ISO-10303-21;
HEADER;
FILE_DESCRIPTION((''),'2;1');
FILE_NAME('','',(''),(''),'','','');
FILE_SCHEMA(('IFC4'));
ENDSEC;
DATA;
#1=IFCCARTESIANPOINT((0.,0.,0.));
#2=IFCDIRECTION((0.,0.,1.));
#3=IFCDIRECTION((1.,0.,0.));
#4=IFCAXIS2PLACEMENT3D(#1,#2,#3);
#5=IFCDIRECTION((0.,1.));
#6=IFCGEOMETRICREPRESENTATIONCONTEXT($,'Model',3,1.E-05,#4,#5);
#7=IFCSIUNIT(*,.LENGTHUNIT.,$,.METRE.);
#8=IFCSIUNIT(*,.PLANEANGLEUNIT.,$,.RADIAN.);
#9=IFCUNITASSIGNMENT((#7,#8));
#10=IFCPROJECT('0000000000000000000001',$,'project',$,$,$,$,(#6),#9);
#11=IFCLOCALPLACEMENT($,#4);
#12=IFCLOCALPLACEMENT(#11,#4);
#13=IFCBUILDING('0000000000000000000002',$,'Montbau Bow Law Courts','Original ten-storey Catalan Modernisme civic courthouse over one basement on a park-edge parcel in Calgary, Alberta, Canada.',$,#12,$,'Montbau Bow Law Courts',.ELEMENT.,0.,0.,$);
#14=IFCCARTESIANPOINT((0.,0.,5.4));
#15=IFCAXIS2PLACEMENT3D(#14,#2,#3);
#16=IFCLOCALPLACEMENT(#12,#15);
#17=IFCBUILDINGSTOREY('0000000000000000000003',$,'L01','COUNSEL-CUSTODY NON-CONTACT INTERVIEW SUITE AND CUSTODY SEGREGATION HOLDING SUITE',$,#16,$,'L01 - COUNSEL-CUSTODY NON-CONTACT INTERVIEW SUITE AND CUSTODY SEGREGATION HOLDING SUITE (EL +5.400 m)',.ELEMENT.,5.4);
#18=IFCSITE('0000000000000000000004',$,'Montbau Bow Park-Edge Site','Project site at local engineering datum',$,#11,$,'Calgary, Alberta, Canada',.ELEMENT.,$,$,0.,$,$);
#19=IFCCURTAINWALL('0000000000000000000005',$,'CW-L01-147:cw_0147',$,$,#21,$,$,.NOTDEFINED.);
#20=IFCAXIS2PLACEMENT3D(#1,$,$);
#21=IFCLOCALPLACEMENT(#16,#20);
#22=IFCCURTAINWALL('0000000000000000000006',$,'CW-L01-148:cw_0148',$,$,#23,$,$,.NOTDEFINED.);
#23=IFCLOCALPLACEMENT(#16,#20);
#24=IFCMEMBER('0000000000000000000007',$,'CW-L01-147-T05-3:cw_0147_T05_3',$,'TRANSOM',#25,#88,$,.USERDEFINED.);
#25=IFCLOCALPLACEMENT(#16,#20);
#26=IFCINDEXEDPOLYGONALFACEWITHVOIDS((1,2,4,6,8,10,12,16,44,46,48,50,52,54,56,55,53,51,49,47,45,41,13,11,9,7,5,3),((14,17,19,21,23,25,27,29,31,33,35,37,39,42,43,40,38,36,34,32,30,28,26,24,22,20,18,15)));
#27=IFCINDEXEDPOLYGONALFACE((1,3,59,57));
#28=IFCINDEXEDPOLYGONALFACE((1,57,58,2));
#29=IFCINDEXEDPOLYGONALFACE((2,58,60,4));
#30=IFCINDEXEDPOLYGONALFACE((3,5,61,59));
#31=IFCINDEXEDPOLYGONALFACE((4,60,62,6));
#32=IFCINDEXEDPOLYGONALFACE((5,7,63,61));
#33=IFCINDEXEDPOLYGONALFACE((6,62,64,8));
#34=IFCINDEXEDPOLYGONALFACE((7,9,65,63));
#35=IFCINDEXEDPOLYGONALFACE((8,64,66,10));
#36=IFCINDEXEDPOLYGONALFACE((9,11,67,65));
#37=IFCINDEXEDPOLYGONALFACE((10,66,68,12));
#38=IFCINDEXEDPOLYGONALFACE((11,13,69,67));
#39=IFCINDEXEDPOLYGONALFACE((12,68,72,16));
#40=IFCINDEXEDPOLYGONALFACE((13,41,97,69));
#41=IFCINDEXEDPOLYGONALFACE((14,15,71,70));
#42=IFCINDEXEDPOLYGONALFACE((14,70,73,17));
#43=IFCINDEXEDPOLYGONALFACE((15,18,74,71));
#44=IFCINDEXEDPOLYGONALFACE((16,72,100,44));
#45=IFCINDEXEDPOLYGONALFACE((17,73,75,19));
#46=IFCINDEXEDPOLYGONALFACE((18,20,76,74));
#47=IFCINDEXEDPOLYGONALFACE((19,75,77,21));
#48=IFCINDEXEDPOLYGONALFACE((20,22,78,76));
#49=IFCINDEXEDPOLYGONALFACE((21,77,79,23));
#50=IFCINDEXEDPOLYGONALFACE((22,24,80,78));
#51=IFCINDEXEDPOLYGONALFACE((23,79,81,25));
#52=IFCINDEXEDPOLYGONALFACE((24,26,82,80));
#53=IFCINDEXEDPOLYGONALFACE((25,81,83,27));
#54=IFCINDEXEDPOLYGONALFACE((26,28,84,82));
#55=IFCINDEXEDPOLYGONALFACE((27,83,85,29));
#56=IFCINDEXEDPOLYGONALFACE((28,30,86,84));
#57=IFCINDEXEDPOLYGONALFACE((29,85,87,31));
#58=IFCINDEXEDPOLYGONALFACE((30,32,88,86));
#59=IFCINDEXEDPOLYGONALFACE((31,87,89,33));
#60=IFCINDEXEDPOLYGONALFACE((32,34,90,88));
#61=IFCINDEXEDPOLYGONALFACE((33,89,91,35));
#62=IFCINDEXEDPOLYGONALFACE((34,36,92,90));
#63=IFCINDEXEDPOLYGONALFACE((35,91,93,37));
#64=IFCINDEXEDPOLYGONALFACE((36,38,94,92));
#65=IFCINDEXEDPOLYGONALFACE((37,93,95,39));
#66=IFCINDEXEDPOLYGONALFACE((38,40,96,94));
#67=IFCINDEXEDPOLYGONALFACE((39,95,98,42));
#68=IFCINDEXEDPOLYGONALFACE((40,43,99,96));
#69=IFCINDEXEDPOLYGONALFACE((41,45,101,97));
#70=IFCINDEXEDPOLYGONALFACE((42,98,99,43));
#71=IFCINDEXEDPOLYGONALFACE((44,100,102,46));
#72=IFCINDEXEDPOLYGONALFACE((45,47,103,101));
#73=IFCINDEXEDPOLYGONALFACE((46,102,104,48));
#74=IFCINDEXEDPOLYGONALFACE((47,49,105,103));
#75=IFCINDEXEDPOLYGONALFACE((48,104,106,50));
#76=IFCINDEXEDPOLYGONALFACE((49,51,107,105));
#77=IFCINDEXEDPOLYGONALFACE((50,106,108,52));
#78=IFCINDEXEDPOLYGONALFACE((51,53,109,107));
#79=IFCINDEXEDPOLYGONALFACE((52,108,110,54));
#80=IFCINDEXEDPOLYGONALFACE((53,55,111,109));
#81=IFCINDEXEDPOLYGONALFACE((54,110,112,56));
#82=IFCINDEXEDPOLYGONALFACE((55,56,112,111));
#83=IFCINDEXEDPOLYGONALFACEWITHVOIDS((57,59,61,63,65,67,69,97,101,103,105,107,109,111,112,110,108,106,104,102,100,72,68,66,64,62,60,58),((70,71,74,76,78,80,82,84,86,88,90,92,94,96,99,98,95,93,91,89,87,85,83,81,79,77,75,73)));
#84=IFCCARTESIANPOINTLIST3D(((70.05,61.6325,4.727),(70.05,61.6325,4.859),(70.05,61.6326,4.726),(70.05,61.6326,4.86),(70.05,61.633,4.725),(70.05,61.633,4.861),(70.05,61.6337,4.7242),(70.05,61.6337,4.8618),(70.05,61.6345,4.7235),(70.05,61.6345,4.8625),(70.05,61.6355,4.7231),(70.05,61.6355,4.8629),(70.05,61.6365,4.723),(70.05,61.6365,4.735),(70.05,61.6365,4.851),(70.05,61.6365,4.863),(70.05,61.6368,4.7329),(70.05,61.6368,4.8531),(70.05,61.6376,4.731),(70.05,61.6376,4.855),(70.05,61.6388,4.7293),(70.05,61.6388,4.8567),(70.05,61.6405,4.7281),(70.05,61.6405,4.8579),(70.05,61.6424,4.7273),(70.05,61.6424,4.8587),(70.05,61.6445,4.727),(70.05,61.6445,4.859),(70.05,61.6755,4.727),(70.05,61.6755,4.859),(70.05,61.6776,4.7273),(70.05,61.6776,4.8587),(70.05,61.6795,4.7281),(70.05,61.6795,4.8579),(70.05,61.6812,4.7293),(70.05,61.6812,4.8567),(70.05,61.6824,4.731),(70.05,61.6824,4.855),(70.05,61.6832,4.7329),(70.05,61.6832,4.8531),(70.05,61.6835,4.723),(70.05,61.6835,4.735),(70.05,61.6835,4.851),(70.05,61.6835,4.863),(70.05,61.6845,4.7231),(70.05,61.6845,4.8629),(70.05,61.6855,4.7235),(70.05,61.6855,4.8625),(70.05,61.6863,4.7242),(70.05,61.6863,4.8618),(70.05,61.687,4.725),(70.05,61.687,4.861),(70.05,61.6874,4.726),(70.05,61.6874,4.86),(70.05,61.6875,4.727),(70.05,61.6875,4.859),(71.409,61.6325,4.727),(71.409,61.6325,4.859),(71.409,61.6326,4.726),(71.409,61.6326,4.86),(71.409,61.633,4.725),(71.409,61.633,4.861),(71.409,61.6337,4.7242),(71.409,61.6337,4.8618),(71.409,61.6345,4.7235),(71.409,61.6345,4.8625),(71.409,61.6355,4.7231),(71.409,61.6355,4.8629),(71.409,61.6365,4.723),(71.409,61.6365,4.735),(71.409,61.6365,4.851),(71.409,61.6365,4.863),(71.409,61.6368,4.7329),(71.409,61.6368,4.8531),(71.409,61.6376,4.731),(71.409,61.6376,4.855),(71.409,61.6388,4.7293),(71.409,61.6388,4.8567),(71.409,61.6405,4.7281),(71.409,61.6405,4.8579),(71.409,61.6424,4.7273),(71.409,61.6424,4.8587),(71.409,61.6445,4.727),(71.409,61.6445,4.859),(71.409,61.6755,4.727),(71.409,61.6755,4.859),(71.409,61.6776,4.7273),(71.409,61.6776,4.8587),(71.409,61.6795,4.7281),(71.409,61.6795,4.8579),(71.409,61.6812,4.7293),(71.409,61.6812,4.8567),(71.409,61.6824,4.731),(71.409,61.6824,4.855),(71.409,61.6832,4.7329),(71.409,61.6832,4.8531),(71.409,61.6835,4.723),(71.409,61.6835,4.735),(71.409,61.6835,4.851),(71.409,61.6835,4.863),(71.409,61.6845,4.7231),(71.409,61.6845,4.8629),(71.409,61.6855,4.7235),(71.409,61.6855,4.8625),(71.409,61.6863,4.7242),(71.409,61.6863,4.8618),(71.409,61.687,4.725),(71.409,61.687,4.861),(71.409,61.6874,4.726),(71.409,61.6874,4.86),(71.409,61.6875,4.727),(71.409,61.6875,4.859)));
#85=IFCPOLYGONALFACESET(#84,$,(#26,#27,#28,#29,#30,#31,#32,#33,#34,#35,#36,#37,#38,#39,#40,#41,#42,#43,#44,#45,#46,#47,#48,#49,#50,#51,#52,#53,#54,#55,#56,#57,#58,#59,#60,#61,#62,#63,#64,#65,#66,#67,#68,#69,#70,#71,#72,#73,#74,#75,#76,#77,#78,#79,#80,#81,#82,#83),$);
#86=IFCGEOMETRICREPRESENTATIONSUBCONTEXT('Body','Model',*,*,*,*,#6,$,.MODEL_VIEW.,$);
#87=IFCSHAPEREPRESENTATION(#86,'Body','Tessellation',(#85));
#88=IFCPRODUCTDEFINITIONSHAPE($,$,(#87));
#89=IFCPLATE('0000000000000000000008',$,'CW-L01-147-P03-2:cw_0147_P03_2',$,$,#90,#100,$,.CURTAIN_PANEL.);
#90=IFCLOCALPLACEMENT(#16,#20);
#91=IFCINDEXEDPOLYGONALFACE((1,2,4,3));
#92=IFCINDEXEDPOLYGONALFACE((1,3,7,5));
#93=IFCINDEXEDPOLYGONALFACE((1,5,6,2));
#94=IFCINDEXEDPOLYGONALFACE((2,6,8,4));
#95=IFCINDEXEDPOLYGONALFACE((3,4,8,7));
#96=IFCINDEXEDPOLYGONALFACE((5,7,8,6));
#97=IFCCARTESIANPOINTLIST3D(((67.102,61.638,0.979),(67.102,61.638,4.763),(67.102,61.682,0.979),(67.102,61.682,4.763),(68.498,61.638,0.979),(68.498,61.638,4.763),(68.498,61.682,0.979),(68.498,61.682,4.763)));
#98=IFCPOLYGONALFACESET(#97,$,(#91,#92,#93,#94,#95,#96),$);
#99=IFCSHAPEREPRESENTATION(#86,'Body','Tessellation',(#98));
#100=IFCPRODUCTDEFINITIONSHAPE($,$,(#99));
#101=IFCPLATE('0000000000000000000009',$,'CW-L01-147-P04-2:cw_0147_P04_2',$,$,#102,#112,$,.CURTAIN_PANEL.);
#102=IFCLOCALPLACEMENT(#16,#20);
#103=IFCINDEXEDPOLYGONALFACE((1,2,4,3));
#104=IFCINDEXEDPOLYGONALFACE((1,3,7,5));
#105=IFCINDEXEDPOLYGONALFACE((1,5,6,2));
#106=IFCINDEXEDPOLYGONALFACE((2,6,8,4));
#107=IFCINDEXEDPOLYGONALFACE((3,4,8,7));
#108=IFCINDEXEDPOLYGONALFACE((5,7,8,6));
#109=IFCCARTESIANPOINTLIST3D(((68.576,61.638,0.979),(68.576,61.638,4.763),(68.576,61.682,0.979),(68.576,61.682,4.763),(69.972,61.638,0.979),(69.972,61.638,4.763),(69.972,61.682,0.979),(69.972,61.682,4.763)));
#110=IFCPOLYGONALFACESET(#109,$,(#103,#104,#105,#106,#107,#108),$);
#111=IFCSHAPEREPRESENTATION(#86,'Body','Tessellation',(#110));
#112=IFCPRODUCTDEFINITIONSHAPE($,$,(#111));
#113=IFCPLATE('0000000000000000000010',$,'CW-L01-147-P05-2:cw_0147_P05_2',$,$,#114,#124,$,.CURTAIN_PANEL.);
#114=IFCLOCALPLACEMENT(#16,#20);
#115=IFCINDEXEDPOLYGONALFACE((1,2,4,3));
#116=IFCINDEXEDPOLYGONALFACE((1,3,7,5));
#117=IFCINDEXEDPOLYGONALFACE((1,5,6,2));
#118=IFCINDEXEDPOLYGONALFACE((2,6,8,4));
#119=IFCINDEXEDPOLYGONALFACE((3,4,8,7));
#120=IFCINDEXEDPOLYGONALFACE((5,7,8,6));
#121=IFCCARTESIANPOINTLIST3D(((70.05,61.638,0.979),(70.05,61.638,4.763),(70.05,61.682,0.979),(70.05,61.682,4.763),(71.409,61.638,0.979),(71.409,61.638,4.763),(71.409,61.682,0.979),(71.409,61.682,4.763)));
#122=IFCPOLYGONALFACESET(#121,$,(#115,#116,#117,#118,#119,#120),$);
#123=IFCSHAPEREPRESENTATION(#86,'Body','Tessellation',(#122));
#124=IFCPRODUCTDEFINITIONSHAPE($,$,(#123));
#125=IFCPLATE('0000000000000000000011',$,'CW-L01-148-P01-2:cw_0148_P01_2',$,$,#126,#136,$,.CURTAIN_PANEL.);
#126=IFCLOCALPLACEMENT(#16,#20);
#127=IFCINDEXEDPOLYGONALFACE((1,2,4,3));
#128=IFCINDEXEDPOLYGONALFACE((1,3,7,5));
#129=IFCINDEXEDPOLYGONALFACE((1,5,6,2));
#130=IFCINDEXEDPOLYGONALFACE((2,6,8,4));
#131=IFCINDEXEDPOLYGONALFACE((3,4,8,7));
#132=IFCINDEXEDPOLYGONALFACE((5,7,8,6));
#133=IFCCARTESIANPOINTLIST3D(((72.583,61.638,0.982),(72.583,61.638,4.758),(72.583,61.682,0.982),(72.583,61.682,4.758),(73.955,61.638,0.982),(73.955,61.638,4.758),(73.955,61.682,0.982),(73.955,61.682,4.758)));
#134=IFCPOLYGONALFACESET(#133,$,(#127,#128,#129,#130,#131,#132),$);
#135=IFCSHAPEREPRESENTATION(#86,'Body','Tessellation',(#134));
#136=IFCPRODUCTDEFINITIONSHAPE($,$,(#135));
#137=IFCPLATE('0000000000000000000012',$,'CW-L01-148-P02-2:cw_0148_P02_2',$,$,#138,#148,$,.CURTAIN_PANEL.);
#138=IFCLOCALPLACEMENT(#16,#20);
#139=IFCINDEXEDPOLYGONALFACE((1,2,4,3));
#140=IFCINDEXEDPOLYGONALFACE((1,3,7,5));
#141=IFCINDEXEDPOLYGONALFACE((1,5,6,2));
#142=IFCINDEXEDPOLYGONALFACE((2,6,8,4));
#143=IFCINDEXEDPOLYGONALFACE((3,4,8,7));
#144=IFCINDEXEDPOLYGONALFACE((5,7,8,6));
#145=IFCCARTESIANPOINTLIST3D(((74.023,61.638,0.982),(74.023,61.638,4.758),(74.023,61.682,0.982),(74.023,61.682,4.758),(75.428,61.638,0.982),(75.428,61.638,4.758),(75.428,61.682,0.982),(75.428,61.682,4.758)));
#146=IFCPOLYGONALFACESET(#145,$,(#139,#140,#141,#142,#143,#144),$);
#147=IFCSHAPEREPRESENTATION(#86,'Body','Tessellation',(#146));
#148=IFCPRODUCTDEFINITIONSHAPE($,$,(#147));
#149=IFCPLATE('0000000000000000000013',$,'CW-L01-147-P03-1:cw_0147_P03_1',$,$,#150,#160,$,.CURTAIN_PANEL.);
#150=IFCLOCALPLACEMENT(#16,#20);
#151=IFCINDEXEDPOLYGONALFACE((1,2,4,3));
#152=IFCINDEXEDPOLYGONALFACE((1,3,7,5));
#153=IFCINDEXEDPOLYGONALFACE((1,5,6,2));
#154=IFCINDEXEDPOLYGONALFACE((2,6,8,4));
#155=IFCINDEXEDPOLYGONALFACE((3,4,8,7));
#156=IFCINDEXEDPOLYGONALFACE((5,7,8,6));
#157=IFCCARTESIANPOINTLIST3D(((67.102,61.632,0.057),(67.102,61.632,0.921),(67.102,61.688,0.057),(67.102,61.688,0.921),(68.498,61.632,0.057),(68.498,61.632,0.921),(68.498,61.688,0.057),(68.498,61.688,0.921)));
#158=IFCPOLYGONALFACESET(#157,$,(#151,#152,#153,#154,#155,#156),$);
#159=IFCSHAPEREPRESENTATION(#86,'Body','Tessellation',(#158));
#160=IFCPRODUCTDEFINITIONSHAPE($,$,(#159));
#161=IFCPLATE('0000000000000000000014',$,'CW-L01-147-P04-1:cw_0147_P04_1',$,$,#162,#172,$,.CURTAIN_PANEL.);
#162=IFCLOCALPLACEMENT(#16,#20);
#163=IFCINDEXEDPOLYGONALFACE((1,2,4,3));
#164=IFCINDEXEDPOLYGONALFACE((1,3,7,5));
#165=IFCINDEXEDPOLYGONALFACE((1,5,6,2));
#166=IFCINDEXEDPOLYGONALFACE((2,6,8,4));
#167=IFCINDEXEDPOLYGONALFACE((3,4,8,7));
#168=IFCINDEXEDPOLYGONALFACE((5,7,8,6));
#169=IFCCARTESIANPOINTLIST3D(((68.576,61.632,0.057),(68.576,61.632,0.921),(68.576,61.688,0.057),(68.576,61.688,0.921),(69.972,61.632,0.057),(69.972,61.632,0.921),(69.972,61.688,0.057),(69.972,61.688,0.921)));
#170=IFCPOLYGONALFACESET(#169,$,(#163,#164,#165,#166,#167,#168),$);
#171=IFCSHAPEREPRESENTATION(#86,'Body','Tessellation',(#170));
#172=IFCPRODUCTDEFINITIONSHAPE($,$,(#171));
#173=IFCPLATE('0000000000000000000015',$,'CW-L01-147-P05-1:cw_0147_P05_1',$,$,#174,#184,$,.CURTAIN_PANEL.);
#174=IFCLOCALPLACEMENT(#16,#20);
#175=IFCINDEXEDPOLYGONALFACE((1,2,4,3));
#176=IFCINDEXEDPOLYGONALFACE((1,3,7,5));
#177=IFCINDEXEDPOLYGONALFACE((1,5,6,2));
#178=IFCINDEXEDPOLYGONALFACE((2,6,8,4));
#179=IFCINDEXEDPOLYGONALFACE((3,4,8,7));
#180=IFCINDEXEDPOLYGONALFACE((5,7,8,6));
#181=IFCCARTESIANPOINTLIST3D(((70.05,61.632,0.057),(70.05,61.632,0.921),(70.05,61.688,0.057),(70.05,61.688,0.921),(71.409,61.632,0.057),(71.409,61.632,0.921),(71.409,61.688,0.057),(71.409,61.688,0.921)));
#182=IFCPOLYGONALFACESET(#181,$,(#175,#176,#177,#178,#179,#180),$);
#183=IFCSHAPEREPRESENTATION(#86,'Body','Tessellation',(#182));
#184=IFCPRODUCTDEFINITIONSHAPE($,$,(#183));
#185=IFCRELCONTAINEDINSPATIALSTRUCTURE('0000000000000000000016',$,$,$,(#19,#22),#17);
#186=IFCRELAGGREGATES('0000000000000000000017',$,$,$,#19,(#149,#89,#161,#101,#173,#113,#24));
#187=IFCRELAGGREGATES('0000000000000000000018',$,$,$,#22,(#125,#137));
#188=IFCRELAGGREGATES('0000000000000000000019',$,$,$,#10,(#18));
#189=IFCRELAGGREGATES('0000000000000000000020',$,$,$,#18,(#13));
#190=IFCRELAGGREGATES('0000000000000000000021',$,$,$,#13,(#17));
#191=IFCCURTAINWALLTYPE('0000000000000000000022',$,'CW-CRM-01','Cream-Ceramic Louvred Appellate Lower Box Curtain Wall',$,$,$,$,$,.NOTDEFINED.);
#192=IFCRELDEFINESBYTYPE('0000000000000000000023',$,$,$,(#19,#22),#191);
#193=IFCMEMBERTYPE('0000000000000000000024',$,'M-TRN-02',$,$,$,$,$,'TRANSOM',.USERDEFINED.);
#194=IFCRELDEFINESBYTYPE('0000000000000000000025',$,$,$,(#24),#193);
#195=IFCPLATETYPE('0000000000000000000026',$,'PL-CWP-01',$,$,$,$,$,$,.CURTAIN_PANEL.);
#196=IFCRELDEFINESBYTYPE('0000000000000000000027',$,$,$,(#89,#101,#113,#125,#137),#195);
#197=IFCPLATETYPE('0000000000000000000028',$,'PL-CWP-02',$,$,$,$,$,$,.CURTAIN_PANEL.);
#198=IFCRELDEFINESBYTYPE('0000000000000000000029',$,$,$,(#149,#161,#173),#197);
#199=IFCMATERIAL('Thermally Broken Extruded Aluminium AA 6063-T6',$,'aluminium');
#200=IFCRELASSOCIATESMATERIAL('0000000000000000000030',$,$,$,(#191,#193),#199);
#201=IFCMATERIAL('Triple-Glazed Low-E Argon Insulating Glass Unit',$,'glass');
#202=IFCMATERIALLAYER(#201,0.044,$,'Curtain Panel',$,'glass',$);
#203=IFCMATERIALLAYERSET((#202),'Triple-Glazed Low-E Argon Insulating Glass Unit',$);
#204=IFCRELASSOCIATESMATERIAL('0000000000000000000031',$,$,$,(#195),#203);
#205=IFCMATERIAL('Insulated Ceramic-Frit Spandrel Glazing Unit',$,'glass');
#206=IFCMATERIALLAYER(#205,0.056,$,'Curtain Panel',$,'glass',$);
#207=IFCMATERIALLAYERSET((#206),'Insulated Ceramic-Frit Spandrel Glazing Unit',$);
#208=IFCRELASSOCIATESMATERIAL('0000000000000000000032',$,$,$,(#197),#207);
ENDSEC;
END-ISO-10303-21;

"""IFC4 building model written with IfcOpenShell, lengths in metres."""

from ifc_helpers import new_model, si_unit, direction, frame, frame_2d, origin_with_axes, origin_2d_with_axis, place, context, subcontext, project, spatial, rectangle, hollow_rectangle, extrude, material, layer, layer_set, material_profile, profile_set, type_object, element, aggregate, save


model = new_model("IFC4")

# Units and contexts
model_context = context("Model", 3, precision=1e-05, world=origin_with_axes(), true_north=direction((0.0, 1.0)))
body_context = subcontext(model_context, "Body", "Model", "MODEL_VIEW")
ifc_project = project(units=[si_unit("LENGTHUNIT", "METRE"), si_unit("PLANEANGLEUNIT", "RADIAN")], contexts=[model_context])

# Site, building, storey
site_placement = place(None, origin_with_axes())
site = spatial("IfcSite", under=ifc_project, at=site_placement, Name="Montbau Bow Park-Edge Site", Description="Project site at local engineering datum", LongName="Calgary, Alberta, Canada", CompositionType="ELEMENT", RefElevation=0.0)
building_placement = place(site_placement, origin_with_axes())
building = spatial("IfcBuilding", under=site, at=building_placement, Name="Montbau Bow Law Courts", Description="Original ten-storey Catalan Modernisme civic courthouse over one basement on a park-edge parcel in Calgary, Alberta, Canada.", LongName="Montbau Bow Law Courts", CompositionType="ELEMENT", ElevationOfRefHeight=0.0, ElevationOfTerrain=0.0)
storey_placement = place(building_placement, frame((0.0, 0.0, 5.4), z_axis=(0.0, 0.0, 1.0), x_axis=(1.0, 0.0, 0.0)))
storey = spatial("IfcBuildingStorey", under=building, at=storey_placement, Name="L01", Description="COUNSEL-CUSTODY NON-CONTACT INTERVIEW SUITE AND CUSTODY SEGREGATION HOLDING SUITE", LongName="L01 - COUNSEL-CUSTODY NON-CONTACT INTERVIEW SUITE AND CUSTODY SEGREGATION HOLDING SUITE (EL +5.400 m)", CompositionType="ELEMENT", Elevation=5.4)

# Curtain walls
ifc_material_1 = material(Name="Thermally Broken Extruded Aluminium AA 6063-T6", Category="aluminium")
curtain_wall_type = type_object("IfcCurtainWallType", Name="CW-CRM-01", Description="Cream-Ceramic Louvred Appellate Lower Box Curtain Wall", PredefinedType="NOTDEFINED", material=ifc_material_1)
curtain_wall_1_placement = place(None, frame((64.115, 61.66, 5.4), z_axis=(0.0, 0.0, 1.0), x_axis=(1.0, 0.0, 0.0)))
curtain_wall_1 = element("IfcCurtainWall", 1, at=curtain_wall_1_placement, inside=storey, type_object=curtain_wall_type, Name="CW-L01-147:cw_0147", PredefinedType="NOTDEFINED")
curtain_wall_2_placement = place(None, frame((72.515, 61.66, 5.4), z_axis=(0.0, 0.0, 1.0), x_axis=(1.0, 0.0, 0.0)))
curtain_wall_2 = element("IfcCurtainWall", 2, at=curtain_wall_2_placement, inside=storey, type_object=curtain_wall_type, Name="CW-L01-148:cw_0148", PredefinedType="NOTDEFINED")

# Member
ifc_material_profile_1 = material_profile(ifc_material_1, hollow_rectangle(XDim=0.055, YDim=0.14, WallThickness=0.004, InnerFilletRadius=0.008, OuterFilletRadius=0.004, at=origin_2d_with_axis()), Name="CWT-140X55", Category="Main", Priority=0)
ifc_profile_set_1 = profile_set([ifc_material_profile_1], Name="Thermally Broken Extruded Aluminium AA 6063-T6")
member_type_1 = type_object("IfcMemberType", Name="M-TRN-02", ElementType="TRANSOM", PredefinedType="USERDEFINED", material=ifc_profile_set_1)
member_1_placement = place(None, frame((70.05, 61.66, 10.193), z_axis=(1.0, 0.0, 0.0), x_axis=(0.0, 1.0, 0.0)))
member_1 = element("IfcMember", 3, at=member_1_placement, type_object=member_type_1, Name="CW-L01-147-T05-3:cw_0147_T05_3", ObjectType="TRANSOM", PredefinedType="USERDEFINED", context=body_context, shape_type="SweptSolid", body=[
    extrude(hollow_rectangle(XDim=0.055, YDim=0.14, WallThickness=0.004, InnerFilletRadius=0.008, OuterFilletRadius=0.004, at=origin_2d_with_axis()), origin_with_axes(), (0.0, 0.0, 1.0), 1.359),
])

# Plates
ifc_material_2 = material(Name="Triple-Glazed Low-E Argon Insulating Glass Unit", Category="glass")
ifc_layer_1 = layer(ifc_material_2, 0.044, Name="Curtain Panel", Category="glass")
ifc_layer_set_1 = layer_set([ifc_layer_1], Name="Triple-Glazed Low-E Argon Insulating Glass Unit")
plate_type_1 = type_object("IfcPlateType", Name="PL-CWP-01", PredefinedType="CURTAIN_PANEL", material=ifc_layer_set_1)
plate_1_placement = place(None, frame((67.102, 61.66, 6.379), z_axis=(0.0, -1.0, 0.0), x_axis=(1.0, 0.0, 0.0)))
plate_1 = element("IfcPlate", 4, at=plate_1_placement, type_object=plate_type_1, Name="CW-L01-147-P03-2:cw_0147_P03_2", PredefinedType="CURTAIN_PANEL", context=body_context, shape_type="SweptSolid", body=[
    extrude(rectangle(XDim=1.396, YDim=3.784, at=frame_2d((0.698, 1.892), x_axis=(1.0, 0.0))), frame((0.0, 0.0, -0.022), z_axis=(0.0, 0.0, 1.0), x_axis=(1.0, 0.0, 0.0)), (0.0, 0.0, 1.0), 0.044),
])
plate_2_placement = place(None, frame((68.576, 61.66, 6.379), z_axis=(0.0, -1.0, 0.0), x_axis=(1.0, 0.0, 0.0)))
plate_2 = element("IfcPlate", 5, at=plate_2_placement, type_object=plate_type_1, Name="CW-L01-147-P04-2:cw_0147_P04_2", PredefinedType="CURTAIN_PANEL", context=body_context, shape_type="SweptSolid", body=[
    extrude(rectangle(XDim=1.396, YDim=3.784, at=frame_2d((0.698, 1.892), x_axis=(1.0, 0.0))), frame((0.0, 0.0, -0.022), z_axis=(0.0, 0.0, 1.0), x_axis=(1.0, 0.0, 0.0)), (0.0, 0.0, 1.0), 0.044),
])
plate_3_placement = place(None, frame((70.05, 61.66, 6.379), z_axis=(0.0, -1.0, 0.0), x_axis=(1.0, 0.0, 0.0)))
plate_3 = element("IfcPlate", 6, at=plate_3_placement, type_object=plate_type_1, Name="CW-L01-147-P05-2:cw_0147_P05_2", PredefinedType="CURTAIN_PANEL", context=body_context, shape_type="SweptSolid", body=[
    extrude(rectangle(XDim=1.359, YDim=3.784, at=frame_2d((0.6795, 1.892), x_axis=(1.0, 0.0))), frame((0.0, 0.0, -0.022), z_axis=(0.0, 0.0, 1.0), x_axis=(1.0, 0.0, 0.0)), (0.0, 0.0, 1.0), 0.044),
])
plate_4_placement = place(None, frame((72.583, 61.66, 6.382), z_axis=(0.0, -1.0, 0.0), x_axis=(1.0, 0.0, 0.0)))
plate_4 = element("IfcPlate", 7, at=plate_4_placement, type_object=plate_type_1, Name="CW-L01-148-P01-2:cw_0148_P01_2", PredefinedType="CURTAIN_PANEL", context=body_context, shape_type="SweptSolid", body=[
    extrude(rectangle(XDim=1.372, YDim=3.776, at=frame_2d((0.686, 1.888), x_axis=(1.0, 0.0))), frame((0.0, 0.0, -0.022), z_axis=(0.0, 0.0, 1.0), x_axis=(1.0, 0.0, 0.0)), (0.0, 0.0, 1.0), 0.044),
])
plate_5_placement = place(None, frame((74.023, 61.66, 6.382), z_axis=(0.0, -1.0, 0.0), x_axis=(1.0, 0.0, 0.0)))
plate_5 = element("IfcPlate", 8, at=plate_5_placement, type_object=plate_type_1, Name="CW-L01-148-P02-2:cw_0148_P02_2", PredefinedType="CURTAIN_PANEL", context=body_context, shape_type="SweptSolid", body=[
    extrude(rectangle(XDim=1.405, YDim=3.776, at=frame_2d((0.7025, 1.888), x_axis=(1.0, 0.0))), frame((0.0, 0.0, -0.022), z_axis=(0.0, 0.0, 1.0), x_axis=(1.0, 0.0, 0.0)), (0.0, 0.0, 1.0), 0.044),
])
ifc_material_3 = material(Name="Insulated Ceramic-Frit Spandrel Glazing Unit", Category="glass")
ifc_layer_2 = layer(ifc_material_3, 0.056, Name="Curtain Panel", Category="glass")
ifc_layer_set_2 = layer_set([ifc_layer_2], Name="Insulated Ceramic-Frit Spandrel Glazing Unit")
plate_type_2 = type_object("IfcPlateType", Name="PL-CWP-02", PredefinedType="CURTAIN_PANEL", material=ifc_layer_set_2)
plate_6_placement = place(None, frame((67.102, 61.66, 5.457), z_axis=(0.0, -1.0, 0.0), x_axis=(1.0, 0.0, 0.0)))
plate_6 = element("IfcPlate", 9, at=plate_6_placement, type_object=plate_type_2, Name="CW-L01-147-P03-1:cw_0147_P03_1", PredefinedType="CURTAIN_PANEL", context=body_context, shape_type="SweptSolid", body=[
    extrude(rectangle(XDim=1.396, YDim=0.864, at=frame_2d((0.698, 0.432), x_axis=(1.0, 0.0))), frame((0.0, 0.0, -0.028), z_axis=(0.0, 0.0, 1.0), x_axis=(1.0, 0.0, 0.0)), (0.0, 0.0, 1.0), 0.056),
])
plate_7_placement = place(None, frame((68.576, 61.66, 5.457), z_axis=(0.0, -1.0, 0.0), x_axis=(1.0, 0.0, 0.0)))
plate_7 = element("IfcPlate", 10, at=plate_7_placement, type_object=plate_type_2, Name="CW-L01-147-P04-1:cw_0147_P04_1", PredefinedType="CURTAIN_PANEL", context=body_context, shape_type="SweptSolid", body=[
    extrude(rectangle(XDim=1.396, YDim=0.864, at=frame_2d((0.698, 0.432), x_axis=(1.0, 0.0))), frame((0.0, 0.0, -0.028), z_axis=(0.0, 0.0, 1.0), x_axis=(1.0, 0.0, 0.0)), (0.0, 0.0, 1.0), 0.056),
])
plate_8_placement = place(None, frame((70.05, 61.66, 5.457), z_axis=(0.0, -1.0, 0.0), x_axis=(1.0, 0.0, 0.0)))
plate_8 = element("IfcPlate", 11, at=plate_8_placement, type_object=plate_type_2, Name="CW-L01-147-P05-1:cw_0147_P05_1", PredefinedType="CURTAIN_PANEL", context=body_context, shape_type="SweptSolid", body=[
    extrude(rectangle(XDim=1.359, YDim=0.864, at=frame_2d((0.6795, 0.432), x_axis=(1.0, 0.0))), frame((0.0, 0.0, -0.028), z_axis=(0.0, 0.0, 1.0), x_axis=(1.0, 0.0, 0.0)), (0.0, 0.0, 1.0), 0.056),
])
aggregate(curtain_wall_1, [plate_6, plate_1, plate_7, plate_2, plate_8, plate_3, member_1])
aggregate(curtain_wall_2, [plate_4, plate_5])

save(model, "model.ifc")
